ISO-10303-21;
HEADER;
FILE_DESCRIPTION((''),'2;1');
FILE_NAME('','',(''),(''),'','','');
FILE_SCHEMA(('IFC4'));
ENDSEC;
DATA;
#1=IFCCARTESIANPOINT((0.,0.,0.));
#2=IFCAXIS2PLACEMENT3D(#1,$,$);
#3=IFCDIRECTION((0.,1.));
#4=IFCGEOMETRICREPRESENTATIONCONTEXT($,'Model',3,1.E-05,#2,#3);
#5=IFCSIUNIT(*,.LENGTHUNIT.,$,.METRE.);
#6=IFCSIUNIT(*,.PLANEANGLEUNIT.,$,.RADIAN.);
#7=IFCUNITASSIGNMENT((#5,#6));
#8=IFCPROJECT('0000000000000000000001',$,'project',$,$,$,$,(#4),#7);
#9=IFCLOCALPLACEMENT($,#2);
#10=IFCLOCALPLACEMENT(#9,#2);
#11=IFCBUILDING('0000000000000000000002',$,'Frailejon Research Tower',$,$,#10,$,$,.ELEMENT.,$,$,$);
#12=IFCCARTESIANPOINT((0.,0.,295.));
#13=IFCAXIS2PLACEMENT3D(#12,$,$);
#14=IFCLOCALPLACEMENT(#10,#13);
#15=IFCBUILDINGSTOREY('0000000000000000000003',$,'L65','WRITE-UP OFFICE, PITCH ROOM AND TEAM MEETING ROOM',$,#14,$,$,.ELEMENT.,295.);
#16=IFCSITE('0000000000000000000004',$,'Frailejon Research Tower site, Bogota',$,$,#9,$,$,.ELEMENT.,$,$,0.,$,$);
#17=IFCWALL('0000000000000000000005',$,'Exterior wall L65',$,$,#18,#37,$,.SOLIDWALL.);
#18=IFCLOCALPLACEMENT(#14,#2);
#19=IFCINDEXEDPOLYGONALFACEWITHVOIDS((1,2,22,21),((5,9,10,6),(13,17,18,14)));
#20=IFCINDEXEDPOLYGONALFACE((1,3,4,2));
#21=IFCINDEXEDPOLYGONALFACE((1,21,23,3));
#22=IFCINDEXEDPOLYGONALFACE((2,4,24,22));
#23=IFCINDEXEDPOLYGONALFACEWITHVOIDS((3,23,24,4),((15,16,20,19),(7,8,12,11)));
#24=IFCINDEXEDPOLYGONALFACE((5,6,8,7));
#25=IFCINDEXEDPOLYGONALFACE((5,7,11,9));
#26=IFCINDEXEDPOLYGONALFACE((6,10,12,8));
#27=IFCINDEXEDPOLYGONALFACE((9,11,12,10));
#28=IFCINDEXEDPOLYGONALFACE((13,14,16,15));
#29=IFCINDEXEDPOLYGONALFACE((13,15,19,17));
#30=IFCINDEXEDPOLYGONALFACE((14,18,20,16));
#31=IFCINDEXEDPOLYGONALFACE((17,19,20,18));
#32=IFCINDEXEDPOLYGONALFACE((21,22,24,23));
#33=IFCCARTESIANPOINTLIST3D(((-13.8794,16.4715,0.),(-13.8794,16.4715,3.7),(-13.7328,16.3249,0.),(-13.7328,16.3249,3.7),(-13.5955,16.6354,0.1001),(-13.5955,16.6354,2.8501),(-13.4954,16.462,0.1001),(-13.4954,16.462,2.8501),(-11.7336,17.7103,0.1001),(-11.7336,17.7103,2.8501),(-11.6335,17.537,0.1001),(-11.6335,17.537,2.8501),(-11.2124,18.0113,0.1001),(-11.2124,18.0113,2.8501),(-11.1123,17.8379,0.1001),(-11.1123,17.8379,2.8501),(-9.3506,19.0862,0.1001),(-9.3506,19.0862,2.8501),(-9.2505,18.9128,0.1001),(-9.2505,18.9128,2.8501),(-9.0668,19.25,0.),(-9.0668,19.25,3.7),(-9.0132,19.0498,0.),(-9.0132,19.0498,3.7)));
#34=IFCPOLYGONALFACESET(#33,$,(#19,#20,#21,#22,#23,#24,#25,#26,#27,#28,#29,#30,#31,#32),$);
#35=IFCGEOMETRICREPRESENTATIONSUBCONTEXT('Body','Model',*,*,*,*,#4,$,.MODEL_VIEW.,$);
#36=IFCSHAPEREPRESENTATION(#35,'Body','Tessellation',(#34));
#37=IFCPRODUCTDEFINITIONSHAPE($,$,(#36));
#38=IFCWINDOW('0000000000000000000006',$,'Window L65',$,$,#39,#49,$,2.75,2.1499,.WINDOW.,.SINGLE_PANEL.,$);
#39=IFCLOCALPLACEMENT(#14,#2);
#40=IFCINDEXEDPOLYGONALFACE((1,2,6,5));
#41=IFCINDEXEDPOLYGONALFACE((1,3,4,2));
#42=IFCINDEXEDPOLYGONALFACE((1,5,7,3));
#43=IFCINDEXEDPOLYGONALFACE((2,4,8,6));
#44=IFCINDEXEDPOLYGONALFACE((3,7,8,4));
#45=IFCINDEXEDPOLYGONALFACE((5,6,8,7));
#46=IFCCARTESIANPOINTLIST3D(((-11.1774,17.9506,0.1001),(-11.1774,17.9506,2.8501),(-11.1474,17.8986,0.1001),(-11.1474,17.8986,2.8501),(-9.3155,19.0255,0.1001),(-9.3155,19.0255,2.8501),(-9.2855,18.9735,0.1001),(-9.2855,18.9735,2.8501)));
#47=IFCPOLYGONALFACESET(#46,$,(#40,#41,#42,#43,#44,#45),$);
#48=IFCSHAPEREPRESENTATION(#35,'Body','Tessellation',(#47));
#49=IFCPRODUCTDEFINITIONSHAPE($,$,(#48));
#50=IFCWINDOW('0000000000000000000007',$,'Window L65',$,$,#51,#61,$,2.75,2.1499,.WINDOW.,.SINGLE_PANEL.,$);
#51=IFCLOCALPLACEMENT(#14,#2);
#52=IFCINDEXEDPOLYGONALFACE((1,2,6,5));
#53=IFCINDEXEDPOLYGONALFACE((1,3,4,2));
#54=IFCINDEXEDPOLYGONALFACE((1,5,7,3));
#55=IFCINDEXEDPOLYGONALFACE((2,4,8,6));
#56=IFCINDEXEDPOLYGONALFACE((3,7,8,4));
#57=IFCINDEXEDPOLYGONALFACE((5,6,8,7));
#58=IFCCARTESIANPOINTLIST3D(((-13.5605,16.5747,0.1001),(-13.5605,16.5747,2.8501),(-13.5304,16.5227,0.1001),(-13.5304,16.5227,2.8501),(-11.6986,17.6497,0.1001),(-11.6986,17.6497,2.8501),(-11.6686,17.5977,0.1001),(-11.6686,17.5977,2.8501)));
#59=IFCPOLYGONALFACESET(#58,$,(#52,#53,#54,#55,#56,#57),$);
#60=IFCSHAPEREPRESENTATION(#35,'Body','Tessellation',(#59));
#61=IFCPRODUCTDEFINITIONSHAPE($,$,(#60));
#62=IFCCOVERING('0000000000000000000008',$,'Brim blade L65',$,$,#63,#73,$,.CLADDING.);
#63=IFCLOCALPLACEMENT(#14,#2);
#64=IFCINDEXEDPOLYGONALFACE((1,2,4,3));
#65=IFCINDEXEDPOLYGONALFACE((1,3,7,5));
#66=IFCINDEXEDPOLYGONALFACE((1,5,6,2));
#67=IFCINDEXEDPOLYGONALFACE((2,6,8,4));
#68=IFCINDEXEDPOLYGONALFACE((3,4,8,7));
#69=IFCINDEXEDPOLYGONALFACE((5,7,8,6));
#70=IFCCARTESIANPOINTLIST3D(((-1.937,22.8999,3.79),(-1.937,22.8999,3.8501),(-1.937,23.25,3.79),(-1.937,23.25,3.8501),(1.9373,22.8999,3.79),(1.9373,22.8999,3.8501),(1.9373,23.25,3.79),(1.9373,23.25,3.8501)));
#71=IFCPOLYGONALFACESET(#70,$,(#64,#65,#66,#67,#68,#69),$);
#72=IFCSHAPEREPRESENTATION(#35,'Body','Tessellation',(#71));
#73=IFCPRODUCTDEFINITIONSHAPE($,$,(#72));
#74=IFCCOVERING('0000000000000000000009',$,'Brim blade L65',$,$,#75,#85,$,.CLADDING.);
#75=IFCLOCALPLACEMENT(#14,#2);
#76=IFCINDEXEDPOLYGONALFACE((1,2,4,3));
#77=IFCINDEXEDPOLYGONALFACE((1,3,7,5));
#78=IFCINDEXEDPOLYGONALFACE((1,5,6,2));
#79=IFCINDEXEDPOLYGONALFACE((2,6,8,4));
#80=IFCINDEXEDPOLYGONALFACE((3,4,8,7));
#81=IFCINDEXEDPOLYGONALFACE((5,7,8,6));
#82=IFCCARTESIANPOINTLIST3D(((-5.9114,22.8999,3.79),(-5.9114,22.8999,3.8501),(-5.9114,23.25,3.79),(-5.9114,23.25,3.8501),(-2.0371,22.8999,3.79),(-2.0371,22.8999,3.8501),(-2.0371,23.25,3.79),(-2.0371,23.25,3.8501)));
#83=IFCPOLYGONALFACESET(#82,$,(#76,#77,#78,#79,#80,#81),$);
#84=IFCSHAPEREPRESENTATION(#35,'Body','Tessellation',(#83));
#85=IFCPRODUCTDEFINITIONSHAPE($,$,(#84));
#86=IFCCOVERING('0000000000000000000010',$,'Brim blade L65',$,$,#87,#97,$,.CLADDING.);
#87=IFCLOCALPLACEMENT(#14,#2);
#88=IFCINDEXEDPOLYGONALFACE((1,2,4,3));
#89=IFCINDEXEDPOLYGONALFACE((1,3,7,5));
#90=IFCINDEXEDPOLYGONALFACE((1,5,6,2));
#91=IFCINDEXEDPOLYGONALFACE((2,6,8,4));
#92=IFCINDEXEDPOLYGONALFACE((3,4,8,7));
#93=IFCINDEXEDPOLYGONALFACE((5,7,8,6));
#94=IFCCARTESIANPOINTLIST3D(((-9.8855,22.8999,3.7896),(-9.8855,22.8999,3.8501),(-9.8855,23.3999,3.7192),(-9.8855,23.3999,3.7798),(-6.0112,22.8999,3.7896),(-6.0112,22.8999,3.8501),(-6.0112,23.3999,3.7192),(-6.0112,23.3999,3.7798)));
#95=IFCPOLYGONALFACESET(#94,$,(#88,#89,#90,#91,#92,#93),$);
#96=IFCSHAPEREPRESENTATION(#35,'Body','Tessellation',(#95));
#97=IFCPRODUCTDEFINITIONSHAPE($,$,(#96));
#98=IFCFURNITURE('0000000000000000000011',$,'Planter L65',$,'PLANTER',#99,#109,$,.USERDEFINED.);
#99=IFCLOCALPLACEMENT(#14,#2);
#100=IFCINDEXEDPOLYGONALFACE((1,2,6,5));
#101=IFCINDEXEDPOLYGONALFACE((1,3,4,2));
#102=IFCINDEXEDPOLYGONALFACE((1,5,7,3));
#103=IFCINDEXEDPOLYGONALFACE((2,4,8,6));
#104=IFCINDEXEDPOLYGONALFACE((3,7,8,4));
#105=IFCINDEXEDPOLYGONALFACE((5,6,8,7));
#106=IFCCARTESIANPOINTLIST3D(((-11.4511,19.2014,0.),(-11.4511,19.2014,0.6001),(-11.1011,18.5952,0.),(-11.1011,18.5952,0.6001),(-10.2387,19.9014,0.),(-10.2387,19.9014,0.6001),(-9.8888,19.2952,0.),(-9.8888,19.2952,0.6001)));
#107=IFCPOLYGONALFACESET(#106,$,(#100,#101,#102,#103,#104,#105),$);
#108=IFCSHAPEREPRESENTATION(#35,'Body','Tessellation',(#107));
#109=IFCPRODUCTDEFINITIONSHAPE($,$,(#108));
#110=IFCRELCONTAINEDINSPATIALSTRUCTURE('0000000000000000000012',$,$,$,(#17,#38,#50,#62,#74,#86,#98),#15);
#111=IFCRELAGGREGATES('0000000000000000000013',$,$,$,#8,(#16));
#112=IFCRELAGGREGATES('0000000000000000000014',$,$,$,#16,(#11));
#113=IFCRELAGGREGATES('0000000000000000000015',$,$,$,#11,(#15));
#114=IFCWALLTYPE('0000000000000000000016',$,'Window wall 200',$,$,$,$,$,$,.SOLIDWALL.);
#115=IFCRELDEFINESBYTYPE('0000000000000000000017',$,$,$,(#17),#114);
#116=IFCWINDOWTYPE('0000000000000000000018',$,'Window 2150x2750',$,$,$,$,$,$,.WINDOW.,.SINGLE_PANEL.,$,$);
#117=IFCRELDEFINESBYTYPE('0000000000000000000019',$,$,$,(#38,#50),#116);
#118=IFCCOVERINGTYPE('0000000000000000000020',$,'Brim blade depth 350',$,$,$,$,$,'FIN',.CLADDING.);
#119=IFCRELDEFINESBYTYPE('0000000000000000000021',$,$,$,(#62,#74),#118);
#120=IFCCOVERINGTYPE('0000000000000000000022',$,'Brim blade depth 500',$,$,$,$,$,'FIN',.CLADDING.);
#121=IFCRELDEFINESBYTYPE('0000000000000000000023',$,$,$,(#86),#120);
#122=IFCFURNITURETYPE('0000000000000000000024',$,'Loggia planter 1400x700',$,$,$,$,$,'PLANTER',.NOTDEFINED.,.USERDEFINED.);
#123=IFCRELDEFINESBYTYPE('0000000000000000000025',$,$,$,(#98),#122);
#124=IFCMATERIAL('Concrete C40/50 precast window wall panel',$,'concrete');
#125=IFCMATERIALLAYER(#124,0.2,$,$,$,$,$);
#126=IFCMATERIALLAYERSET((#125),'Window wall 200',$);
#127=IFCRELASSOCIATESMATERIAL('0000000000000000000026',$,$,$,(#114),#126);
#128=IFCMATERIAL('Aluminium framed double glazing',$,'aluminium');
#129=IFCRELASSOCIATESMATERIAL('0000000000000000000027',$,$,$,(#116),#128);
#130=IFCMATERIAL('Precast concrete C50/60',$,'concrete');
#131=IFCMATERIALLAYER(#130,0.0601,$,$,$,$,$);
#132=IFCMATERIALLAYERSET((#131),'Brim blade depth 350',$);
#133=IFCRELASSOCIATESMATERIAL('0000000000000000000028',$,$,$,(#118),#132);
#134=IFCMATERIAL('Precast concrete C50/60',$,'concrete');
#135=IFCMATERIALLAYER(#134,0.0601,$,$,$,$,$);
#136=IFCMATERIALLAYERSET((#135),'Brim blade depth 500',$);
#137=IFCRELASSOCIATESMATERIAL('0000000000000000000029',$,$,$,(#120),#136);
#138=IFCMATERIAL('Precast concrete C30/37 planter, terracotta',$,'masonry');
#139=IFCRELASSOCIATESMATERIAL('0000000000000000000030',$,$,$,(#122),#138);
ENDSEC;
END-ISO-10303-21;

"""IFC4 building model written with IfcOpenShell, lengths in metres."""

from ifc_helpers import new_model, si_unit, direction, frame, frame_2d, origin, origin_2d, place, context, subcontext, project, spatial, polyline, rectangle, outline, extrude, material, layer, layer_set, type_object, element, fill, save


model = new_model("IFC4")

# Units and contexts
model_context = context("Model", 3, precision=1e-05, world=origin(), true_north=direction((0.0, 1.0)))
body_context = subcontext(model_context, "Body", "Model", "MODEL_VIEW")
ifc_project = project(units=[si_unit("LENGTHUNIT", "METRE"), si_unit("PLANEANGLEUNIT", "RADIAN")], contexts=[model_context])

# Site, building, storey
site_placement = place(None, origin())
site = spatial("IfcSite", under=ifc_project, at=site_placement, Name="Frailejon Research Tower site, Bogota", CompositionType="ELEMENT", RefElevation=0.0)
building_placement = place(site_placement, origin())
building = spatial("IfcBuilding", under=site, at=building_placement, Name="Frailejon Research Tower", CompositionType="ELEMENT")
storey_placement = place(building_placement, frame((0.0, 0.0, 295.0)))
storey = spatial("IfcBuildingStorey", under=building, at=storey_placement, Name="L65", Description="WRITE-UP OFFICE, PITCH ROOM AND TEAM MEETING ROOM", CompositionType="ELEMENT", Elevation=295.0)

# Wall, openings, windows
ifc_material_1 = material(Name="Concrete C40/50 precast window wall panel", Category="concrete")
ifc_layer_1 = layer(ifc_material_1, 0.2)
ifc_layer_set_1 = layer_set([ifc_layer_1], Name="Window wall 200")
wall_type = type_object("IfcWallType", Name="Window wall 200", PredefinedType="SOLIDWALL", material=ifc_layer_set_1)
wall_placement = place(storey_placement, frame((-9.04, 19.1499, 0.0), z_axis=(0.0, 0.0, 1.0), x_axis=(-0.866026, -0.499999, 0.0)))
wall = element("IfcWall", 1, at=wall_placement, inside=storey, type_object=wall_type, Name="Exterior wall L65", PredefinedType="SOLIDWALL", context=body_context, shape_type="SweptSolid", body=[
    extrude(outline(polyline([(-0.0269, -0.1001), (1.0845, -0.1001), (2.196, -0.1001), (3.3074, -0.1001), (4.4189, -0.1001), (5.5303, -0.1001), (5.4766, 0.1001), (4.3867, 0.1001), (3.2966, 0.1001), (2.2068, 0.1001), (1.1167, 0.1001), (0.0269, 0.1001), (-0.0269, -0.1001)])), origin(), (0.0, 0.0, 1.0), 3.7),
])
opening_1_placement = place(wall_placement, frame((0.3008, 0.0, 0.1001)))
opening_1 = element("IfcOpeningElement", 2, at=opening_1_placement, cuts=wall, PredefinedType="OPENING", context=body_context, shape_type="SweptSolid", body=[
    extrude(rectangle(XDim=2.1499, YDim=2.75, at=frame_2d((1.075, 1.375))), frame((0.0, 0.1099, 0.0), z_axis=(0.0, -1.0, 0.0), x_axis=(1.0, 0.0, 0.0)), (0.0, 0.0, 1.0), 0.22),
])
opening_2_placement = place(wall_placement, frame((3.0525, 0.0, 0.1001)))
opening_2 = element("IfcOpeningElement", 3, at=opening_2_placement, cuts=wall, PredefinedType="OPENING", context=body_context, shape_type="SweptSolid", body=[
    extrude(rectangle(XDim=2.1499, YDim=2.75, at=frame_2d((1.075, 1.375))), frame((0.0, 0.1099, 0.0), z_axis=(0.0, -1.0, 0.0), x_axis=(1.0, 0.0, 0.0)), (0.0, 0.0, 1.0), 0.22),
])
ifc_material_2 = material(Name="Aluminium framed double glazing", Category="aluminium")
window_type = type_object("IfcWindowType", Name="Window 2150x2750", PartitioningType="SINGLE_PANEL", PredefinedType="WINDOW", material=ifc_material_2)
window_1_placement = place(opening_1_placement, origin())
window_1 = element("IfcWindow", 4, at=window_1_placement, inside=storey, type_object=window_type, Name="Window L65", OverallHeight=2.75, OverallWidth=2.1499, PartitioningType="SINGLE_PANEL", PredefinedType="WINDOW", context=body_context, shape_type="SweptSolid", body=[
    extrude(rectangle(XDim=2.1499, YDim=2.75, at=frame_2d((1.075, 1.375))), frame((0.0, 0.03, 0.0), z_axis=(0.0, -1.0, 0.0), x_axis=(1.0, 0.0, 0.0)), (0.0, 0.0, 1.0), 0.0601),
])
fill(opening_1, window_1)
window_2_placement = place(opening_2_placement, origin())
window_2 = element("IfcWindow", 5, at=window_2_placement, inside=storey, type_object=window_type, Name="Window L65", OverallHeight=2.75, OverallWidth=2.1499, PartitioningType="SINGLE_PANEL", PredefinedType="WINDOW", context=body_context, shape_type="SweptSolid", body=[
    extrude(rectangle(XDim=2.1499, YDim=2.75, at=frame_2d((1.075, 1.375))), frame((0.0, 0.03, 0.0), z_axis=(0.0, -1.0, 0.0), x_axis=(1.0, 0.0, 0.0)), (0.0, 0.0, 1.0), 0.0601),
])
fill(opening_2, window_2)

# Coverings
ifc_material_3 = material(Name="Precast concrete C50/60", Category="concrete")
ifc_layer_2 = layer(ifc_material_3, 0.0601)
ifc_layer_set_2 = layer_set([ifc_layer_2], Name="Brim blade depth 350")
covering_type_1 = type_object("IfcCoveringType", Name="Brim blade depth 350", ElementType="FIN", PredefinedType="CLADDING", material=ifc_layer_set_2)
for number, where, z_axis, x_axis, name in (
    (6, (-1.937, 22.8999, 3.8501), (1.0, 0.0, 0.0), (0.0, 1.0, 0.0), "Brim blade L65"),
    (7, (-5.9114, 22.8999, 3.8501), (1.0, 0.0, 0.0), (0.0, 1.0, 0.0), "Brim blade L65"),
):
    element("IfcCovering", number, at=place(storey_placement, frame(where, z_axis=z_axis, x_axis=x_axis)), inside=storey, type_object=covering_type_1, Name=name, PredefinedType="CLADDING", context=body_context, shape_type="SweptSolid", body=[
        extrude(outline(polyline([(0.0, -0.0601), (0.3501, -0.0601), (0.3501, 0.0), (0.0, 0.0), (0.0, -0.0601)])), origin(), (0.0, 0.0, 1.0), 3.8743),
    ])
ifc_material_4 = material(Name="Precast concrete C50/60", Category="concrete")
ifc_layer_3 = layer(ifc_material_4, 0.0601)
ifc_layer_set_3 = layer_set([ifc_layer_3], Name="Brim blade depth 500")
covering_type_2 = type_object("IfcCoveringType", Name="Brim blade depth 500", ElementType="FIN", PredefinedType="CLADDING", material=ifc_layer_set_3)
covering_placement = place(storey_placement, frame((-9.8855, 22.8999, 3.8501), z_axis=(1.0, 0.0, 0.0), x_axis=(0.0, 1.0, 0.0)))
element("IfcCovering", 8, at=covering_placement, inside=storey, type_object=covering_type_2, Name="Brim blade L65", PredefinedType="CLADDING", context=body_context, shape_type="SweptSolid", body=[
    extrude(outline(polyline([(0.0, -0.0605), (0.5, -0.1309), (0.5, -0.0703), (0.0, 0.0), (0.0, -0.0605)])), origin(), (0.0, 0.0, 1.0), 3.8743),
])

# Furniture
ifc_material_5 = material(Name="Precast concrete C30/37 planter, terracotta", Category="masonry")
furniture_type = type_object("IfcFurnitureType", Name="Loggia planter 1400x700", ElementType="PLANTER", AssemblyPlace="NOTDEFINED", PredefinedType="USERDEFINED", material=ifc_material_5)
furniture_placement = place(storey_placement, frame((-10.6699, 19.2483, 0.0), z_axis=(0.0, 0.0, 1.0), x_axis=(-0.866025, -0.5, 0.0)))
element("IfcFurniture", 9, at=furniture_placement, inside=storey, type_object=furniture_type, Name="Planter L65", ObjectType="PLANTER", PredefinedType="USERDEFINED", context=body_context, shape_type="SweptSolid", body=[
    extrude(rectangle(XDim=1.3999, YDim=0.7, at=origin_2d()), origin(), (0.0, 0.0, 1.0), 0.6001),
])

save(model, "model.ifc")
